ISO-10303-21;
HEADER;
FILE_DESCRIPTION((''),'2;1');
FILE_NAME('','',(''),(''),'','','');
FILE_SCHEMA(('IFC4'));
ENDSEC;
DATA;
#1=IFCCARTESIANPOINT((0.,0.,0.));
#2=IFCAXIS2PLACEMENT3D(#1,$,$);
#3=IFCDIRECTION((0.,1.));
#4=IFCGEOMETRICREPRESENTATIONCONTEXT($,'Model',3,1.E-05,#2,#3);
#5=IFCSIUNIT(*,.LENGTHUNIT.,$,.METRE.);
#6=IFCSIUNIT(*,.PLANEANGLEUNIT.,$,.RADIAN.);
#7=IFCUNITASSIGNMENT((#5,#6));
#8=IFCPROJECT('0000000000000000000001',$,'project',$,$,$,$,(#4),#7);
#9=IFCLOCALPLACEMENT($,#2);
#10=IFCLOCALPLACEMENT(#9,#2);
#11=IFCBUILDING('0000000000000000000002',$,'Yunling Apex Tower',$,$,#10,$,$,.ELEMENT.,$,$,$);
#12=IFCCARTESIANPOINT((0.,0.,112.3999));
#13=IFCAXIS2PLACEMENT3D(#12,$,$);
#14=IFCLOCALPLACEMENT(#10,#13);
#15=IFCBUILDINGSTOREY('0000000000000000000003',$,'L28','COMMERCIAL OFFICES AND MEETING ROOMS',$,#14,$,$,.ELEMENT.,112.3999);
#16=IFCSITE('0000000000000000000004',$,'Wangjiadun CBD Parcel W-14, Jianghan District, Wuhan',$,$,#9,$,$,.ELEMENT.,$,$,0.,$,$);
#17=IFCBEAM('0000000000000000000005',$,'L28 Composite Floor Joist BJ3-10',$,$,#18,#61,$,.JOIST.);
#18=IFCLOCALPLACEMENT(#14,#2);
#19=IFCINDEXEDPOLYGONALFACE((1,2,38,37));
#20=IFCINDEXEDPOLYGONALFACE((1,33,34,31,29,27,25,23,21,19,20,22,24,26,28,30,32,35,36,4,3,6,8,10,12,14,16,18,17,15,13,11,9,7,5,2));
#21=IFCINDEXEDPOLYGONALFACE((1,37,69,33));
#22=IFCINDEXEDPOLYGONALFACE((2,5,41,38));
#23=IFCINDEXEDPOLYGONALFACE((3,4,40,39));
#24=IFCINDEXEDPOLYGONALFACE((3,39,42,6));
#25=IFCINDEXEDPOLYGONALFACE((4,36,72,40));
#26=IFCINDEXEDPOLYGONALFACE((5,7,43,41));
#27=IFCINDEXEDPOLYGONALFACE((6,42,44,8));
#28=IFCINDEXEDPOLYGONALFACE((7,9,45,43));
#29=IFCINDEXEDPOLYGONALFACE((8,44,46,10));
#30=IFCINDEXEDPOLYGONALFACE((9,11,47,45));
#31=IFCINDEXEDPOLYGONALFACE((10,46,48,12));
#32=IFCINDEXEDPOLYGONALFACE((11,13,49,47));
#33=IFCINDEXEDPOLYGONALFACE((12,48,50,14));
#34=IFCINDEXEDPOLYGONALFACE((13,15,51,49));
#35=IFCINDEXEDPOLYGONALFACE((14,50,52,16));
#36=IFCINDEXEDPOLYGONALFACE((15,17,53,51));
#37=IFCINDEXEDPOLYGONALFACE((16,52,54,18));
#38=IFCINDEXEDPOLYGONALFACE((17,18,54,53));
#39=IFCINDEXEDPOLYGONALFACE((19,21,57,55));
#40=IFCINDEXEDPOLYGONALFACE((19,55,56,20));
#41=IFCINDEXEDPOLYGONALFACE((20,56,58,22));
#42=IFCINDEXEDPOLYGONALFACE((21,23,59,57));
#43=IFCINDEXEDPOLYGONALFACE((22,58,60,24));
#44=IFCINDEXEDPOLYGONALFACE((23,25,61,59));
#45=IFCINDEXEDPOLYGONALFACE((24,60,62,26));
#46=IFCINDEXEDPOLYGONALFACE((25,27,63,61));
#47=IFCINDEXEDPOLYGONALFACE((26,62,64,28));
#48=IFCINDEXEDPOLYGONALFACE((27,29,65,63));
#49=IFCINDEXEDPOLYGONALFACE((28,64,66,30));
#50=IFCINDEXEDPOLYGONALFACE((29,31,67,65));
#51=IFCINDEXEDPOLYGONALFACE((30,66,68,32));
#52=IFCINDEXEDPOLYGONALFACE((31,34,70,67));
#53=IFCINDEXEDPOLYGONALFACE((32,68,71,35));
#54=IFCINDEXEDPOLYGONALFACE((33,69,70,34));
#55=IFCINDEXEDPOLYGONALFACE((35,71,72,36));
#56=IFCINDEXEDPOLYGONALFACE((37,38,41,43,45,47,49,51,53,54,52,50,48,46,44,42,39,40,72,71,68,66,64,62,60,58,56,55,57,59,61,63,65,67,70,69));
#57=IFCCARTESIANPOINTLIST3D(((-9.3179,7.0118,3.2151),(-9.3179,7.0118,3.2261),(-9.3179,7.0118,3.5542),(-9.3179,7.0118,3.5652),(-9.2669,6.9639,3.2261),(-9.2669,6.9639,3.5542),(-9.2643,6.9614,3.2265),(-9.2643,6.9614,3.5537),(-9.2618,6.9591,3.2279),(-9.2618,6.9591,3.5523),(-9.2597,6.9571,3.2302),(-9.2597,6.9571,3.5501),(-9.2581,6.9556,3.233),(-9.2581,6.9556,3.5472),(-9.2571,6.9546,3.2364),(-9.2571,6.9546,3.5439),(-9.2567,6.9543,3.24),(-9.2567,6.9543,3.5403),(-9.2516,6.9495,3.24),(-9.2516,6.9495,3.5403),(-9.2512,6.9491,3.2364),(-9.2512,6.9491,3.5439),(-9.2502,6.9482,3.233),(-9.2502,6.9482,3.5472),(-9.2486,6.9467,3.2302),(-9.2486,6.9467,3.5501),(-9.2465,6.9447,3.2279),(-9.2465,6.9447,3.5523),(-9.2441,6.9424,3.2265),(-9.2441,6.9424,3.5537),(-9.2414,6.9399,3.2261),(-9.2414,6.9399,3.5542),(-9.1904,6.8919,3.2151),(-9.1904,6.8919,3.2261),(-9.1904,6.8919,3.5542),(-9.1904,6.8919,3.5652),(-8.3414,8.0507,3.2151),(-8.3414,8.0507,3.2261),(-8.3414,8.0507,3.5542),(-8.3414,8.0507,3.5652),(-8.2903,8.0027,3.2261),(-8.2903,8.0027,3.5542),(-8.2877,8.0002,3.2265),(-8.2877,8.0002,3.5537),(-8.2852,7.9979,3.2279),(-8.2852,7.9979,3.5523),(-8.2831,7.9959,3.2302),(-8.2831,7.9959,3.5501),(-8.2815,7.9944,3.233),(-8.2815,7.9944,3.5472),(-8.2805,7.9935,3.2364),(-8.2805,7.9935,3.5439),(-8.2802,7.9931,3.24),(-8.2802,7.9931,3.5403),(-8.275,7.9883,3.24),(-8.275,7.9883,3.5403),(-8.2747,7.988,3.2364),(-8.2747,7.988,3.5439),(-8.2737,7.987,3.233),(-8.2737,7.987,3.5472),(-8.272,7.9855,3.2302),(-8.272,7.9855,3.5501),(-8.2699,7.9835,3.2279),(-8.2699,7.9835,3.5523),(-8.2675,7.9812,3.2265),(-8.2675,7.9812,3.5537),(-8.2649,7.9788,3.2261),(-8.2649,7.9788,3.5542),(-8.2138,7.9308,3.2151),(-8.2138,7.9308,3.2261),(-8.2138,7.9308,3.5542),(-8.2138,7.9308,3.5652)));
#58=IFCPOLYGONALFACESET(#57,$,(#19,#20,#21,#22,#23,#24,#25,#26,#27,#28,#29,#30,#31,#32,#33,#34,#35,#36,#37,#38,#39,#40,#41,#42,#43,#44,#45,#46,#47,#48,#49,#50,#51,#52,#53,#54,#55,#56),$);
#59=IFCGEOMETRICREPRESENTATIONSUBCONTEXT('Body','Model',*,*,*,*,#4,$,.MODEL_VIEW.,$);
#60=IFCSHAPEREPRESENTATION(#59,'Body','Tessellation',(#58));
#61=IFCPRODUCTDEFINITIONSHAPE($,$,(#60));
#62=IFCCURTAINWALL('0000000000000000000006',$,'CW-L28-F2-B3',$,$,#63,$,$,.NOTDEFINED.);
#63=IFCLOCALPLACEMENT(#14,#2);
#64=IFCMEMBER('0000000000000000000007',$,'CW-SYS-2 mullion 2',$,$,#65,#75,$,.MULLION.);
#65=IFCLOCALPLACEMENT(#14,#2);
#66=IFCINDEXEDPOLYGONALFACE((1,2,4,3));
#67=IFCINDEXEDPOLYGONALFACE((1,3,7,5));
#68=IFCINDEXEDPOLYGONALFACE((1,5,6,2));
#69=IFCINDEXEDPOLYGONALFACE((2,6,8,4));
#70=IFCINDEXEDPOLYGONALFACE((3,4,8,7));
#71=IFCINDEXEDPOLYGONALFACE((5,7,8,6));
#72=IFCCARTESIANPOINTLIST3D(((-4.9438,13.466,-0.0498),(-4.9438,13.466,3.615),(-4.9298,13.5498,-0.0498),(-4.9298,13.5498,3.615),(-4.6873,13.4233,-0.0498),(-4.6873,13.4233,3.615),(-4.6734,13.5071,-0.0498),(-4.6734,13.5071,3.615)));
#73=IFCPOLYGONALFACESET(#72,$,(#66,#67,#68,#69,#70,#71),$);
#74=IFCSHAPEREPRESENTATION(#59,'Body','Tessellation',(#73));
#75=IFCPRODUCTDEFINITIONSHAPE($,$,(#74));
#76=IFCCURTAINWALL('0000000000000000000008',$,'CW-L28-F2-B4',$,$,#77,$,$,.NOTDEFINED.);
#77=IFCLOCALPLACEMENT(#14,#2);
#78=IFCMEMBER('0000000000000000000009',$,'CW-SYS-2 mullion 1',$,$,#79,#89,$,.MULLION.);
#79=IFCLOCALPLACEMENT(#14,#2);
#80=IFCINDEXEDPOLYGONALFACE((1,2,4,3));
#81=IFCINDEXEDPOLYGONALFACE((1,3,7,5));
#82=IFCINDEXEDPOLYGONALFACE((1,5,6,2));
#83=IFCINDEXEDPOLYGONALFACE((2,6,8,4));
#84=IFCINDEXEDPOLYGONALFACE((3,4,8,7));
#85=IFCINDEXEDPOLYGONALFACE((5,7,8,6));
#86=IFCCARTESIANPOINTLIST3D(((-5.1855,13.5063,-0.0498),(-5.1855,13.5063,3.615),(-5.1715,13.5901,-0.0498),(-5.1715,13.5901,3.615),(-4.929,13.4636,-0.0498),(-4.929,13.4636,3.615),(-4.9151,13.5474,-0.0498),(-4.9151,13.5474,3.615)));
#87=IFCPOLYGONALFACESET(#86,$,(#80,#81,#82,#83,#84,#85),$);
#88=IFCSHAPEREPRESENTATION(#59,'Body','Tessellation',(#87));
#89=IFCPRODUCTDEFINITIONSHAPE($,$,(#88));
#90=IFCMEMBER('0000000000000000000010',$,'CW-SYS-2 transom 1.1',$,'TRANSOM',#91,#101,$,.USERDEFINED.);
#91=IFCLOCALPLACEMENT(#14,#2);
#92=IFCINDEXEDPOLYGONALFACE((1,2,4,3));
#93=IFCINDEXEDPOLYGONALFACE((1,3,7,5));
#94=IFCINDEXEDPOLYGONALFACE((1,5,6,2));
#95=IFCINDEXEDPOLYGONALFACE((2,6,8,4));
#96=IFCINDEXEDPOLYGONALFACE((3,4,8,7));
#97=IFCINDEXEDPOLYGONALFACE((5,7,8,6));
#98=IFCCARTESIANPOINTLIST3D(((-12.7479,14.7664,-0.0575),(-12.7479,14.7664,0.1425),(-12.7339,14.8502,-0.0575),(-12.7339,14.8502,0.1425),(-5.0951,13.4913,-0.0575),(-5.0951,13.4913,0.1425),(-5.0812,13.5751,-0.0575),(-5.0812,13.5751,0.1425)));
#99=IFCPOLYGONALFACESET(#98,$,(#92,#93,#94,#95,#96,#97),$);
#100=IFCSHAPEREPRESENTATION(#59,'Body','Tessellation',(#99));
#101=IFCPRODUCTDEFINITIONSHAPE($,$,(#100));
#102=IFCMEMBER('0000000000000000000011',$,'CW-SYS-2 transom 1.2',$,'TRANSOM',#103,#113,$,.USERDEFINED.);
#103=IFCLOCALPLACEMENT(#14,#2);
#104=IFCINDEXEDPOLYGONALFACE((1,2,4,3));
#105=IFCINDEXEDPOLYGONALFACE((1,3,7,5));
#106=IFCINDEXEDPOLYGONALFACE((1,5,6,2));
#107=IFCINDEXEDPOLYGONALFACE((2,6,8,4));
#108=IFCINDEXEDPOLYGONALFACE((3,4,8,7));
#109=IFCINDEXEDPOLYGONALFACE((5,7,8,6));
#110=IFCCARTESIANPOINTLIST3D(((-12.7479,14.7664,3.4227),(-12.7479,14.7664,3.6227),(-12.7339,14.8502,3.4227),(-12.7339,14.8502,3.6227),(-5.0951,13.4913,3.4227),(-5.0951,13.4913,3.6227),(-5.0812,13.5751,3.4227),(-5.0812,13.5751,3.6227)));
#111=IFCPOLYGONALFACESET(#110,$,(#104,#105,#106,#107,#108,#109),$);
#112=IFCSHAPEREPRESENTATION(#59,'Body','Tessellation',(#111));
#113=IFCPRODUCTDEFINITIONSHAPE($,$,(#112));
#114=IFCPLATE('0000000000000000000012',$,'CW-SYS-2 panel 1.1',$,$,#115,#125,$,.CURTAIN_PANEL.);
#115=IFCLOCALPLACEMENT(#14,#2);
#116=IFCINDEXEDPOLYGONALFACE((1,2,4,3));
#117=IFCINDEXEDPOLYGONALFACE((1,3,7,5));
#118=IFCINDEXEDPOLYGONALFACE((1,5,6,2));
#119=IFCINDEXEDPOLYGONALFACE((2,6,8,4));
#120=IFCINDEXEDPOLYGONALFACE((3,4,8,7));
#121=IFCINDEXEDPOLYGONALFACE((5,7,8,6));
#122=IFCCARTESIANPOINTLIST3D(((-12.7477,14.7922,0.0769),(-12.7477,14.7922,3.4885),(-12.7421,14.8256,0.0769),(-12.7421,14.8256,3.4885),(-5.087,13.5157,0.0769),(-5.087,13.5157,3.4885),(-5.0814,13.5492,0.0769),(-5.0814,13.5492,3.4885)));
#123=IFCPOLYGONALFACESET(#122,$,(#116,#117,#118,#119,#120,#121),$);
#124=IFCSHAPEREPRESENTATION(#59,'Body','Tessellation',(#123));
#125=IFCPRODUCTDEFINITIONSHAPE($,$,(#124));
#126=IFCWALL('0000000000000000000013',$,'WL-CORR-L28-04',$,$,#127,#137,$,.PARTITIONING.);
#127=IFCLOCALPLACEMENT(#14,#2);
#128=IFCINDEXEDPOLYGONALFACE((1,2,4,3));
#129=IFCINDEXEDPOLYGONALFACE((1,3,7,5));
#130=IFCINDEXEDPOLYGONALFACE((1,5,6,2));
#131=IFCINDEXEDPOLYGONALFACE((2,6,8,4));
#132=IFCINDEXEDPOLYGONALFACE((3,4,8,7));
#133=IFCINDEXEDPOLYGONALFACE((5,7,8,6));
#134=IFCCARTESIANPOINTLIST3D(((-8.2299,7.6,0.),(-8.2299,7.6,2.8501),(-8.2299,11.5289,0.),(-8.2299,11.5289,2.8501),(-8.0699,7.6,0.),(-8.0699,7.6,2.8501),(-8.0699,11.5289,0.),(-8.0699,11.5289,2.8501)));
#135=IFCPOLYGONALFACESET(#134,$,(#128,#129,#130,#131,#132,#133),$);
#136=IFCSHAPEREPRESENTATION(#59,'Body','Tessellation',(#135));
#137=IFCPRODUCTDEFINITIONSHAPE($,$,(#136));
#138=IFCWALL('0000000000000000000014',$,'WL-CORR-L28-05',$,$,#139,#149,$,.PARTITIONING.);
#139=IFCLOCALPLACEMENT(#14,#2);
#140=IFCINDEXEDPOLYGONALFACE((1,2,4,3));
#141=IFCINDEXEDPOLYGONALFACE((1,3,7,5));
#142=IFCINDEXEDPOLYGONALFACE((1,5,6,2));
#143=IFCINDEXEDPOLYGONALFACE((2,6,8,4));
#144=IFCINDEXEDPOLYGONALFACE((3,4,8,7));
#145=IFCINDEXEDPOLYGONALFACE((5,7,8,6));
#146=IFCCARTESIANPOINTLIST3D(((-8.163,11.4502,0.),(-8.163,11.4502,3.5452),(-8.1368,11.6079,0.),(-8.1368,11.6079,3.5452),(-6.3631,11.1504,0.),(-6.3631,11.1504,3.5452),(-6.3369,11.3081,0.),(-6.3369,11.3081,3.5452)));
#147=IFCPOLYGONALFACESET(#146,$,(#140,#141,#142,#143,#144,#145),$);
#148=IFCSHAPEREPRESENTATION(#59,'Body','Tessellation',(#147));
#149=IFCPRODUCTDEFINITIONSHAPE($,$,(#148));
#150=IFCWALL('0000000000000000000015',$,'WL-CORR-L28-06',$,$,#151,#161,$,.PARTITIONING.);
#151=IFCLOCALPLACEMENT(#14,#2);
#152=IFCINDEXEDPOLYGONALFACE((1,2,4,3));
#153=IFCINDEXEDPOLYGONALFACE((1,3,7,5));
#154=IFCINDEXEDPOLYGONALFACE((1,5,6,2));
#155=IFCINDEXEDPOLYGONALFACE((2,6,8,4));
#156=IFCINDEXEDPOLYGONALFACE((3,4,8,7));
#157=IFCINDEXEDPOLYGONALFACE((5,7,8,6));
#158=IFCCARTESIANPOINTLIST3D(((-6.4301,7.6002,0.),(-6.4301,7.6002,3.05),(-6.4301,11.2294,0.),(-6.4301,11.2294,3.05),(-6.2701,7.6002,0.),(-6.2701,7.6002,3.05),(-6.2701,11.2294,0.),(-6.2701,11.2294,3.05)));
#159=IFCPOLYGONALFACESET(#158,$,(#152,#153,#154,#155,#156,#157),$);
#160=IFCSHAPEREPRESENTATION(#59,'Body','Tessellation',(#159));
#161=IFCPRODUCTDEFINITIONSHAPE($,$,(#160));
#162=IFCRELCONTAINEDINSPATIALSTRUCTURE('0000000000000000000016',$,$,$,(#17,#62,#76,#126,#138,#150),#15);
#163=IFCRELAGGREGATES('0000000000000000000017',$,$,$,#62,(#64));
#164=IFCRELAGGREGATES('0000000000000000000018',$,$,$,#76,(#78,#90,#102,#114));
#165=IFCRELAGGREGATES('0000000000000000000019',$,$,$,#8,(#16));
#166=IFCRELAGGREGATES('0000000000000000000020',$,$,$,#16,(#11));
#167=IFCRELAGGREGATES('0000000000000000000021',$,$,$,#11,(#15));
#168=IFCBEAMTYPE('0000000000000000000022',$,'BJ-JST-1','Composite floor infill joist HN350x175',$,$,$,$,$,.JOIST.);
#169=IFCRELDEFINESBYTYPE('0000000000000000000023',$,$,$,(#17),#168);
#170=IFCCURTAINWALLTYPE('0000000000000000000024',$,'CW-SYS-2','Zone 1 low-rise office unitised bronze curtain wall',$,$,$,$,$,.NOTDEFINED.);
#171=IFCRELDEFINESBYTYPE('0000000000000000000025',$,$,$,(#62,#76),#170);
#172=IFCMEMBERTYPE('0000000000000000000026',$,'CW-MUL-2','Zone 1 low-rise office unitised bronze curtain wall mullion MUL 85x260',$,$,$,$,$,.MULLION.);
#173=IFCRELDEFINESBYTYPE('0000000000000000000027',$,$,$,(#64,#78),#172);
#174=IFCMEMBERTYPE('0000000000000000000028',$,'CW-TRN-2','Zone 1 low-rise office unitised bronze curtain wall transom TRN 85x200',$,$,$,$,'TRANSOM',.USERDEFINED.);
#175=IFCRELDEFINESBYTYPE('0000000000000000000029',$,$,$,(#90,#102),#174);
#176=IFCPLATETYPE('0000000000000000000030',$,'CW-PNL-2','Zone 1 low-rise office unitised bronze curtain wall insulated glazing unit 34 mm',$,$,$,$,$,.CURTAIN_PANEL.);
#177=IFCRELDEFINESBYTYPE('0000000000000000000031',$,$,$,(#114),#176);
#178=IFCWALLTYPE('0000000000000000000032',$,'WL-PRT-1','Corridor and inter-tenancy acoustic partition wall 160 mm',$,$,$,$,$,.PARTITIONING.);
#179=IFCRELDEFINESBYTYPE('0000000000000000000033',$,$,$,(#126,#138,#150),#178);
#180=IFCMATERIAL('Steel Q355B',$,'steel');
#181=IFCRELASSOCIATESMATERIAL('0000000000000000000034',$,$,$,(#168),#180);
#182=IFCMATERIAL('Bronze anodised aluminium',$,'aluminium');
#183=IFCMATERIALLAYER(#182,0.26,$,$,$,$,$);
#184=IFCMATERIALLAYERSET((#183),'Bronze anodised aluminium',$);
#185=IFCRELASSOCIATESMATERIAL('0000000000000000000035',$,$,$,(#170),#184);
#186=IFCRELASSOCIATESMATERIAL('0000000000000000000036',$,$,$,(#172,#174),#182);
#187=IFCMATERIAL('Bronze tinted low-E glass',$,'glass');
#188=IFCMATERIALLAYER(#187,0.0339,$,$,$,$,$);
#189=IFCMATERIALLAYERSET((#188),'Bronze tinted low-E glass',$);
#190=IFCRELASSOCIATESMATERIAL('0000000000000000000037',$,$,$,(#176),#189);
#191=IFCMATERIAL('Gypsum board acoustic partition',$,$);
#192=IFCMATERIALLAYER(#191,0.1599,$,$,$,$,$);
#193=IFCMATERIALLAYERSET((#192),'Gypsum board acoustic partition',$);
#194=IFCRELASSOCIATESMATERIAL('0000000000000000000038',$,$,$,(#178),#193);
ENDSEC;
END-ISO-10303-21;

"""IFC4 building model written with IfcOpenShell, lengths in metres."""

from ifc_helpers import new_model, si_unit, direction, frame, frame_2d, origin, origin_2d, place, context, subcontext, project, spatial, rectangle, i_section, extrude, source, transform, mapped, material, layer, layer_set, material_profile, profile_set, type_object, element, aggregate, save


model = new_model("IFC4")

# Units and contexts
model_context = context("Model", 3, precision=1e-05, world=origin(), true_north=direction((0.0, 1.0)))
body_context = subcontext(model_context, "Body", "Model", "MODEL_VIEW")
ifc_project = project(units=[si_unit("LENGTHUNIT", "METRE"), si_unit("PLANEANGLEUNIT", "RADIAN")], contexts=[model_context])

# Site, building, storey
site_placement = place(None, origin())
site = spatial("IfcSite", under=ifc_project, at=site_placement, Name="Wangjiadun CBD Parcel W-14, Jianghan District, Wuhan", CompositionType="ELEMENT", RefElevation=0.0)
building_placement = place(site_placement, origin())
building = spatial("IfcBuilding", under=site, at=building_placement, Name="Yunling Apex Tower", CompositionType="ELEMENT")
storey_placement = place(building_placement, frame((0.0, 0.0, 112.3999)))
storey = spatial("IfcBuildingStorey", under=building, at=storey_placement, Name="L28", Description="COMMERCIAL OFFICES AND MEETING ROOMS", CompositionType="ELEMENT", Elevation=112.3999)

# Beam
ifc_material_1 = material(Name="Steel Q355B", Category="steel")
ifc_material_profile_1 = material_profile(ifc_material_1, i_section(OverallWidth=0.175, OverallDepth=0.3501, WebThickness=0.0071, FlangeThickness=0.011, FilletRadius=0.0139, at=origin_2d()))
ifc_profile_set_1 = profile_set([ifc_material_profile_1], Name="Steel Q355B")
beam_type_1 = type_object("IfcBeamType", Name="BJ-JST-1", Description="Composite floor infill joist HN350x175", PredefinedType="JOIST", material=ifc_profile_set_1)
shared_shape_1 = source(origin(), body_context, "Body", "SweptSolid", [
    extrude(i_section(OverallWidth=0.175, OverallDepth=0.3501, WebThickness=0.0071, FlangeThickness=0.011, FilletRadius=0.0139, at=origin_2d()), origin(), (0.0, 0.0, 1.0), 1.4258),
])
beam_1_placement = place(storey_placement, frame((-8.2776, 7.9907, 3.3901), z_axis=(-0.684937, -0.728602, 0.0), x_axis=(0.728602, -0.684937, 0.0)))
element("IfcBeam", 1, at=beam_1_placement, inside=storey, type_object=beam_type_1, Name="L28 Composite Floor Joist BJ3-10", PredefinedType="JOIST", context=body_context, shape_type="MappedRepresentation", body=[
    mapped(shared_shape_1, transform((0.0, 0.0, 0.0), scale=1.0)),
])

# Curtain wall, member
ifc_material_2 = material(Name="Bronze anodised aluminium", Category="aluminium")
ifc_layer_1 = layer(ifc_material_2, 0.26)
ifc_layer_set_1 = layer_set([ifc_layer_1], Name="Bronze anodised aluminium")
curtain_wall_type = type_object("IfcCurtainWallType", Name="CW-SYS-2", Description="Zone 1 low-rise office unitised bronze curtain wall", PredefinedType="NOTDEFINED", material=ifc_layer_set_1)
curtain_wall_1_placement = place(storey_placement, origin())
curtain_wall_1 = element("IfcCurtainWall", 2, at=curtain_wall_1_placement, inside=storey, type_object=curtain_wall_type, Name="CW-L28-F2-B3", PredefinedType="NOTDEFINED")
ifc_material_profile_2 = material_profile(ifc_material_2, rectangle(XDim=0.085, YDim=0.26, at=origin_2d()))
ifc_profile_set_2 = profile_set([ifc_material_profile_2], Name="Bronze anodised aluminium")
member_type_1 = type_object("IfcMemberType", Name="CW-MUL-2", Description="Zone 1 low-rise office unitised bronze curtain wall mullion MUL 85x260", PredefinedType="MULLION", material=ifc_profile_set_2)
shared_shape_2 = source(origin(), body_context, "Body", "SweptSolid", [
    extrude(rectangle(XDim=0.085, YDim=0.26, at=origin_2d()), origin(), (0.0, 0.0, 1.0), 3.6648),
])
member_1_placement = place(storey_placement, frame((-4.8086, 13.4866, -0.0498), z_axis=(0.0, 0.0, 1.0), x_axis=(-0.164362, -0.9864, 0.0)))
member_1 = element("IfcMember", 3, at=member_1_placement, type_object=member_type_1, Name="CW-SYS-2 mullion 2", PredefinedType="MULLION", context=body_context, shape_type="MappedRepresentation", body=[
    mapped(shared_shape_2, transform((0.0, 0.0, 0.0), scale=1.0)),
])
aggregate(curtain_wall_1, [member_1])

# Curtain wall, members, plate
curtain_wall_2_placement = place(storey_placement, origin())
curtain_wall_2 = element("IfcCurtainWall", 4, at=curtain_wall_2_placement, inside=storey, type_object=curtain_wall_type, Name="CW-L28-F2-B4", PredefinedType="NOTDEFINED")
member_2_placement = place(storey_placement, frame((-5.0503, 13.5269, -0.0498), z_axis=(0.0, 0.0, 1.0), x_axis=(-0.16436, -0.9864, 0.0)))
member_2 = element("IfcMember", 5, at=member_2_placement, type_object=member_type_1, Name="CW-SYS-2 mullion 1", PredefinedType="MULLION", context=body_context, shape_type="MappedRepresentation", body=[
    mapped(shared_shape_2, transform((0.0, 0.0, 0.0), scale=1.0)),
])
ifc_material_profile_3 = material_profile(ifc_material_2, rectangle(XDim=0.085, YDim=0.2, at=origin_2d()))
ifc_profile_set_3 = profile_set([ifc_material_profile_3], Name="Bronze anodised aluminium")
member_type_2 = type_object("IfcMemberType", Name="CW-TRN-2", Description="Zone 1 low-rise office unitised bronze curtain wall transom TRN 85x200", ElementType="TRANSOM", PredefinedType="USERDEFINED", material=ifc_profile_set_3)
shared_shape_3 = source(origin(), body_context, "Body", "SweptSolid", [
    extrude(rectangle(XDim=0.085, YDim=0.2, at=origin_2d()), origin(), (0.0, 0.0, 1.0), 7.7583),
])
member_3_placement = place(storey_placement, frame((-5.0881, 13.5332, 0.0425), z_axis=(-0.986401, 0.164358, 0.0), x_axis=(-0.164358, -0.986401, 0.0)))
member_3 = element("IfcMember", 6, at=member_3_placement, type_object=member_type_2, Name="CW-SYS-2 transom 1.1", ObjectType="TRANSOM", PredefinedType="USERDEFINED", context=body_context, shape_type="MappedRepresentation", body=[
    mapped(shared_shape_3, transform((0.0, 0.0, 0.0), scale=1.0)),
])
member_4_placement = place(storey_placement, frame((-5.0881, 13.5332, 3.5227), z_axis=(-0.986401, 0.164358, 0.0), x_axis=(-0.164358, -0.986401, 0.0)))
member_4 = element("IfcMember", 7, at=member_4_placement, type_object=member_type_2, Name="CW-SYS-2 transom 1.2", ObjectType="TRANSOM", PredefinedType="USERDEFINED", context=body_context, shape_type="MappedRepresentation", body=[
    mapped(shared_shape_3, transform((0.0, 0.0, 0.0), scale=1.0)),
])
ifc_material_3 = material(Name="Bronze tinted low-E glass", Category="glass")
ifc_layer_2 = layer(ifc_material_3, 0.0339)
ifc_layer_set_2 = layer_set([ifc_layer_2], Name="Bronze tinted low-E glass")
plate_type = type_object("IfcPlateType", Name="CW-PNL-2", Description="Zone 1 low-rise office unitised bronze curtain wall insulated glazing unit 34 mm", PredefinedType="CURTAIN_PANEL", material=ifc_layer_set_2)
shared_shape_4 = source(origin(), body_context, "Body", "SweptSolid", [
    extrude(rectangle(XDim=7.7664, YDim=0.0339, at=origin_2d()), origin(), (0.0, 0.0, 1.0), 3.4116),
])
plate_placement = place(storey_placement, frame((-8.9146, 14.1707, 0.0769), z_axis=(0.0, 0.0, 1.0), x_axis=(-0.9864, 0.16436, 0.0)))
plate = element("IfcPlate", 8, at=plate_placement, type_object=plate_type, Name="CW-SYS-2 panel 1.1", PredefinedType="CURTAIN_PANEL", context=body_context, shape_type="MappedRepresentation", body=[
    mapped(shared_shape_4, transform((0.0, 0.0, 0.0), scale=1.0)),
])
aggregate(curtain_wall_2, [member_2, member_3, member_4, plate])

# Walls
ifc_material_4 = material(Name="Gypsum board acoustic partition")
ifc_layer_3 = layer(ifc_material_4, 0.1599)
ifc_layer_set_3 = layer_set([ifc_layer_3], Name="Gypsum board acoustic partition")
wall_type_1 = type_object("IfcWallType", Name="WL-PRT-1", Description="Corridor and inter-tenancy acoustic partition wall 160 mm", PredefinedType="PARTITIONING", material=ifc_layer_set_3)
wall_1_placement = place(storey_placement, frame((-8.1499, 7.6001, 0.0), z_axis=(0.0, 0.0, 1.0), x_axis=(0.0, 1.0, 0.0)))
element("IfcWall", 9, at=wall_1_placement, inside=storey, type_object=wall_type_1, Name="WL-CORR-L28-04", PredefinedType="PARTITIONING", context=body_context, shape_type="SweptSolid", body=[
    extrude(rectangle(XDim=3.929, YDim=0.1599, at=frame_2d((1.9644, 0.0))), origin(), (0.0, 0.0, 1.0), 2.8501),
])
wall_2_placement = place(storey_placement, frame((-8.1499, 11.5291, 0.0), z_axis=(0.0, 0.0, 1.0), x_axis=(0.986408, -0.164312, 0.0)))
element("IfcWall", 10, at=wall_2_placement, inside=storey, type_object=wall_type_1, Name="WL-CORR-L28-05", PredefinedType="PARTITIONING", context=body_context, shape_type="SweptSolid", body=[
    extrude(rectangle(XDim=1.8247, YDim=0.1599, at=frame_2d((0.9124, 0.0))), origin(), (0.0, 0.0, 1.0), 3.5452),
])
wall_3_placement = place(storey_placement, frame((-6.3501, 11.2292, 0.0), z_axis=(0.0, 0.0, 1.0), x_axis=(0.0, -1.0, 0.0)))
element("IfcWall", 11, at=wall_3_placement, inside=storey, type_object=wall_type_1, Name="WL-CORR-L28-06", PredefinedType="PARTITIONING", context=body_context, shape_type="SweptSolid", body=[
    extrude(rectangle(XDim=3.6292, YDim=0.1599, at=frame_2d((1.8145, 0.0))), origin(), (0.0, 0.0, 1.0), 3.05),
])

save(model, "model.ifc")
